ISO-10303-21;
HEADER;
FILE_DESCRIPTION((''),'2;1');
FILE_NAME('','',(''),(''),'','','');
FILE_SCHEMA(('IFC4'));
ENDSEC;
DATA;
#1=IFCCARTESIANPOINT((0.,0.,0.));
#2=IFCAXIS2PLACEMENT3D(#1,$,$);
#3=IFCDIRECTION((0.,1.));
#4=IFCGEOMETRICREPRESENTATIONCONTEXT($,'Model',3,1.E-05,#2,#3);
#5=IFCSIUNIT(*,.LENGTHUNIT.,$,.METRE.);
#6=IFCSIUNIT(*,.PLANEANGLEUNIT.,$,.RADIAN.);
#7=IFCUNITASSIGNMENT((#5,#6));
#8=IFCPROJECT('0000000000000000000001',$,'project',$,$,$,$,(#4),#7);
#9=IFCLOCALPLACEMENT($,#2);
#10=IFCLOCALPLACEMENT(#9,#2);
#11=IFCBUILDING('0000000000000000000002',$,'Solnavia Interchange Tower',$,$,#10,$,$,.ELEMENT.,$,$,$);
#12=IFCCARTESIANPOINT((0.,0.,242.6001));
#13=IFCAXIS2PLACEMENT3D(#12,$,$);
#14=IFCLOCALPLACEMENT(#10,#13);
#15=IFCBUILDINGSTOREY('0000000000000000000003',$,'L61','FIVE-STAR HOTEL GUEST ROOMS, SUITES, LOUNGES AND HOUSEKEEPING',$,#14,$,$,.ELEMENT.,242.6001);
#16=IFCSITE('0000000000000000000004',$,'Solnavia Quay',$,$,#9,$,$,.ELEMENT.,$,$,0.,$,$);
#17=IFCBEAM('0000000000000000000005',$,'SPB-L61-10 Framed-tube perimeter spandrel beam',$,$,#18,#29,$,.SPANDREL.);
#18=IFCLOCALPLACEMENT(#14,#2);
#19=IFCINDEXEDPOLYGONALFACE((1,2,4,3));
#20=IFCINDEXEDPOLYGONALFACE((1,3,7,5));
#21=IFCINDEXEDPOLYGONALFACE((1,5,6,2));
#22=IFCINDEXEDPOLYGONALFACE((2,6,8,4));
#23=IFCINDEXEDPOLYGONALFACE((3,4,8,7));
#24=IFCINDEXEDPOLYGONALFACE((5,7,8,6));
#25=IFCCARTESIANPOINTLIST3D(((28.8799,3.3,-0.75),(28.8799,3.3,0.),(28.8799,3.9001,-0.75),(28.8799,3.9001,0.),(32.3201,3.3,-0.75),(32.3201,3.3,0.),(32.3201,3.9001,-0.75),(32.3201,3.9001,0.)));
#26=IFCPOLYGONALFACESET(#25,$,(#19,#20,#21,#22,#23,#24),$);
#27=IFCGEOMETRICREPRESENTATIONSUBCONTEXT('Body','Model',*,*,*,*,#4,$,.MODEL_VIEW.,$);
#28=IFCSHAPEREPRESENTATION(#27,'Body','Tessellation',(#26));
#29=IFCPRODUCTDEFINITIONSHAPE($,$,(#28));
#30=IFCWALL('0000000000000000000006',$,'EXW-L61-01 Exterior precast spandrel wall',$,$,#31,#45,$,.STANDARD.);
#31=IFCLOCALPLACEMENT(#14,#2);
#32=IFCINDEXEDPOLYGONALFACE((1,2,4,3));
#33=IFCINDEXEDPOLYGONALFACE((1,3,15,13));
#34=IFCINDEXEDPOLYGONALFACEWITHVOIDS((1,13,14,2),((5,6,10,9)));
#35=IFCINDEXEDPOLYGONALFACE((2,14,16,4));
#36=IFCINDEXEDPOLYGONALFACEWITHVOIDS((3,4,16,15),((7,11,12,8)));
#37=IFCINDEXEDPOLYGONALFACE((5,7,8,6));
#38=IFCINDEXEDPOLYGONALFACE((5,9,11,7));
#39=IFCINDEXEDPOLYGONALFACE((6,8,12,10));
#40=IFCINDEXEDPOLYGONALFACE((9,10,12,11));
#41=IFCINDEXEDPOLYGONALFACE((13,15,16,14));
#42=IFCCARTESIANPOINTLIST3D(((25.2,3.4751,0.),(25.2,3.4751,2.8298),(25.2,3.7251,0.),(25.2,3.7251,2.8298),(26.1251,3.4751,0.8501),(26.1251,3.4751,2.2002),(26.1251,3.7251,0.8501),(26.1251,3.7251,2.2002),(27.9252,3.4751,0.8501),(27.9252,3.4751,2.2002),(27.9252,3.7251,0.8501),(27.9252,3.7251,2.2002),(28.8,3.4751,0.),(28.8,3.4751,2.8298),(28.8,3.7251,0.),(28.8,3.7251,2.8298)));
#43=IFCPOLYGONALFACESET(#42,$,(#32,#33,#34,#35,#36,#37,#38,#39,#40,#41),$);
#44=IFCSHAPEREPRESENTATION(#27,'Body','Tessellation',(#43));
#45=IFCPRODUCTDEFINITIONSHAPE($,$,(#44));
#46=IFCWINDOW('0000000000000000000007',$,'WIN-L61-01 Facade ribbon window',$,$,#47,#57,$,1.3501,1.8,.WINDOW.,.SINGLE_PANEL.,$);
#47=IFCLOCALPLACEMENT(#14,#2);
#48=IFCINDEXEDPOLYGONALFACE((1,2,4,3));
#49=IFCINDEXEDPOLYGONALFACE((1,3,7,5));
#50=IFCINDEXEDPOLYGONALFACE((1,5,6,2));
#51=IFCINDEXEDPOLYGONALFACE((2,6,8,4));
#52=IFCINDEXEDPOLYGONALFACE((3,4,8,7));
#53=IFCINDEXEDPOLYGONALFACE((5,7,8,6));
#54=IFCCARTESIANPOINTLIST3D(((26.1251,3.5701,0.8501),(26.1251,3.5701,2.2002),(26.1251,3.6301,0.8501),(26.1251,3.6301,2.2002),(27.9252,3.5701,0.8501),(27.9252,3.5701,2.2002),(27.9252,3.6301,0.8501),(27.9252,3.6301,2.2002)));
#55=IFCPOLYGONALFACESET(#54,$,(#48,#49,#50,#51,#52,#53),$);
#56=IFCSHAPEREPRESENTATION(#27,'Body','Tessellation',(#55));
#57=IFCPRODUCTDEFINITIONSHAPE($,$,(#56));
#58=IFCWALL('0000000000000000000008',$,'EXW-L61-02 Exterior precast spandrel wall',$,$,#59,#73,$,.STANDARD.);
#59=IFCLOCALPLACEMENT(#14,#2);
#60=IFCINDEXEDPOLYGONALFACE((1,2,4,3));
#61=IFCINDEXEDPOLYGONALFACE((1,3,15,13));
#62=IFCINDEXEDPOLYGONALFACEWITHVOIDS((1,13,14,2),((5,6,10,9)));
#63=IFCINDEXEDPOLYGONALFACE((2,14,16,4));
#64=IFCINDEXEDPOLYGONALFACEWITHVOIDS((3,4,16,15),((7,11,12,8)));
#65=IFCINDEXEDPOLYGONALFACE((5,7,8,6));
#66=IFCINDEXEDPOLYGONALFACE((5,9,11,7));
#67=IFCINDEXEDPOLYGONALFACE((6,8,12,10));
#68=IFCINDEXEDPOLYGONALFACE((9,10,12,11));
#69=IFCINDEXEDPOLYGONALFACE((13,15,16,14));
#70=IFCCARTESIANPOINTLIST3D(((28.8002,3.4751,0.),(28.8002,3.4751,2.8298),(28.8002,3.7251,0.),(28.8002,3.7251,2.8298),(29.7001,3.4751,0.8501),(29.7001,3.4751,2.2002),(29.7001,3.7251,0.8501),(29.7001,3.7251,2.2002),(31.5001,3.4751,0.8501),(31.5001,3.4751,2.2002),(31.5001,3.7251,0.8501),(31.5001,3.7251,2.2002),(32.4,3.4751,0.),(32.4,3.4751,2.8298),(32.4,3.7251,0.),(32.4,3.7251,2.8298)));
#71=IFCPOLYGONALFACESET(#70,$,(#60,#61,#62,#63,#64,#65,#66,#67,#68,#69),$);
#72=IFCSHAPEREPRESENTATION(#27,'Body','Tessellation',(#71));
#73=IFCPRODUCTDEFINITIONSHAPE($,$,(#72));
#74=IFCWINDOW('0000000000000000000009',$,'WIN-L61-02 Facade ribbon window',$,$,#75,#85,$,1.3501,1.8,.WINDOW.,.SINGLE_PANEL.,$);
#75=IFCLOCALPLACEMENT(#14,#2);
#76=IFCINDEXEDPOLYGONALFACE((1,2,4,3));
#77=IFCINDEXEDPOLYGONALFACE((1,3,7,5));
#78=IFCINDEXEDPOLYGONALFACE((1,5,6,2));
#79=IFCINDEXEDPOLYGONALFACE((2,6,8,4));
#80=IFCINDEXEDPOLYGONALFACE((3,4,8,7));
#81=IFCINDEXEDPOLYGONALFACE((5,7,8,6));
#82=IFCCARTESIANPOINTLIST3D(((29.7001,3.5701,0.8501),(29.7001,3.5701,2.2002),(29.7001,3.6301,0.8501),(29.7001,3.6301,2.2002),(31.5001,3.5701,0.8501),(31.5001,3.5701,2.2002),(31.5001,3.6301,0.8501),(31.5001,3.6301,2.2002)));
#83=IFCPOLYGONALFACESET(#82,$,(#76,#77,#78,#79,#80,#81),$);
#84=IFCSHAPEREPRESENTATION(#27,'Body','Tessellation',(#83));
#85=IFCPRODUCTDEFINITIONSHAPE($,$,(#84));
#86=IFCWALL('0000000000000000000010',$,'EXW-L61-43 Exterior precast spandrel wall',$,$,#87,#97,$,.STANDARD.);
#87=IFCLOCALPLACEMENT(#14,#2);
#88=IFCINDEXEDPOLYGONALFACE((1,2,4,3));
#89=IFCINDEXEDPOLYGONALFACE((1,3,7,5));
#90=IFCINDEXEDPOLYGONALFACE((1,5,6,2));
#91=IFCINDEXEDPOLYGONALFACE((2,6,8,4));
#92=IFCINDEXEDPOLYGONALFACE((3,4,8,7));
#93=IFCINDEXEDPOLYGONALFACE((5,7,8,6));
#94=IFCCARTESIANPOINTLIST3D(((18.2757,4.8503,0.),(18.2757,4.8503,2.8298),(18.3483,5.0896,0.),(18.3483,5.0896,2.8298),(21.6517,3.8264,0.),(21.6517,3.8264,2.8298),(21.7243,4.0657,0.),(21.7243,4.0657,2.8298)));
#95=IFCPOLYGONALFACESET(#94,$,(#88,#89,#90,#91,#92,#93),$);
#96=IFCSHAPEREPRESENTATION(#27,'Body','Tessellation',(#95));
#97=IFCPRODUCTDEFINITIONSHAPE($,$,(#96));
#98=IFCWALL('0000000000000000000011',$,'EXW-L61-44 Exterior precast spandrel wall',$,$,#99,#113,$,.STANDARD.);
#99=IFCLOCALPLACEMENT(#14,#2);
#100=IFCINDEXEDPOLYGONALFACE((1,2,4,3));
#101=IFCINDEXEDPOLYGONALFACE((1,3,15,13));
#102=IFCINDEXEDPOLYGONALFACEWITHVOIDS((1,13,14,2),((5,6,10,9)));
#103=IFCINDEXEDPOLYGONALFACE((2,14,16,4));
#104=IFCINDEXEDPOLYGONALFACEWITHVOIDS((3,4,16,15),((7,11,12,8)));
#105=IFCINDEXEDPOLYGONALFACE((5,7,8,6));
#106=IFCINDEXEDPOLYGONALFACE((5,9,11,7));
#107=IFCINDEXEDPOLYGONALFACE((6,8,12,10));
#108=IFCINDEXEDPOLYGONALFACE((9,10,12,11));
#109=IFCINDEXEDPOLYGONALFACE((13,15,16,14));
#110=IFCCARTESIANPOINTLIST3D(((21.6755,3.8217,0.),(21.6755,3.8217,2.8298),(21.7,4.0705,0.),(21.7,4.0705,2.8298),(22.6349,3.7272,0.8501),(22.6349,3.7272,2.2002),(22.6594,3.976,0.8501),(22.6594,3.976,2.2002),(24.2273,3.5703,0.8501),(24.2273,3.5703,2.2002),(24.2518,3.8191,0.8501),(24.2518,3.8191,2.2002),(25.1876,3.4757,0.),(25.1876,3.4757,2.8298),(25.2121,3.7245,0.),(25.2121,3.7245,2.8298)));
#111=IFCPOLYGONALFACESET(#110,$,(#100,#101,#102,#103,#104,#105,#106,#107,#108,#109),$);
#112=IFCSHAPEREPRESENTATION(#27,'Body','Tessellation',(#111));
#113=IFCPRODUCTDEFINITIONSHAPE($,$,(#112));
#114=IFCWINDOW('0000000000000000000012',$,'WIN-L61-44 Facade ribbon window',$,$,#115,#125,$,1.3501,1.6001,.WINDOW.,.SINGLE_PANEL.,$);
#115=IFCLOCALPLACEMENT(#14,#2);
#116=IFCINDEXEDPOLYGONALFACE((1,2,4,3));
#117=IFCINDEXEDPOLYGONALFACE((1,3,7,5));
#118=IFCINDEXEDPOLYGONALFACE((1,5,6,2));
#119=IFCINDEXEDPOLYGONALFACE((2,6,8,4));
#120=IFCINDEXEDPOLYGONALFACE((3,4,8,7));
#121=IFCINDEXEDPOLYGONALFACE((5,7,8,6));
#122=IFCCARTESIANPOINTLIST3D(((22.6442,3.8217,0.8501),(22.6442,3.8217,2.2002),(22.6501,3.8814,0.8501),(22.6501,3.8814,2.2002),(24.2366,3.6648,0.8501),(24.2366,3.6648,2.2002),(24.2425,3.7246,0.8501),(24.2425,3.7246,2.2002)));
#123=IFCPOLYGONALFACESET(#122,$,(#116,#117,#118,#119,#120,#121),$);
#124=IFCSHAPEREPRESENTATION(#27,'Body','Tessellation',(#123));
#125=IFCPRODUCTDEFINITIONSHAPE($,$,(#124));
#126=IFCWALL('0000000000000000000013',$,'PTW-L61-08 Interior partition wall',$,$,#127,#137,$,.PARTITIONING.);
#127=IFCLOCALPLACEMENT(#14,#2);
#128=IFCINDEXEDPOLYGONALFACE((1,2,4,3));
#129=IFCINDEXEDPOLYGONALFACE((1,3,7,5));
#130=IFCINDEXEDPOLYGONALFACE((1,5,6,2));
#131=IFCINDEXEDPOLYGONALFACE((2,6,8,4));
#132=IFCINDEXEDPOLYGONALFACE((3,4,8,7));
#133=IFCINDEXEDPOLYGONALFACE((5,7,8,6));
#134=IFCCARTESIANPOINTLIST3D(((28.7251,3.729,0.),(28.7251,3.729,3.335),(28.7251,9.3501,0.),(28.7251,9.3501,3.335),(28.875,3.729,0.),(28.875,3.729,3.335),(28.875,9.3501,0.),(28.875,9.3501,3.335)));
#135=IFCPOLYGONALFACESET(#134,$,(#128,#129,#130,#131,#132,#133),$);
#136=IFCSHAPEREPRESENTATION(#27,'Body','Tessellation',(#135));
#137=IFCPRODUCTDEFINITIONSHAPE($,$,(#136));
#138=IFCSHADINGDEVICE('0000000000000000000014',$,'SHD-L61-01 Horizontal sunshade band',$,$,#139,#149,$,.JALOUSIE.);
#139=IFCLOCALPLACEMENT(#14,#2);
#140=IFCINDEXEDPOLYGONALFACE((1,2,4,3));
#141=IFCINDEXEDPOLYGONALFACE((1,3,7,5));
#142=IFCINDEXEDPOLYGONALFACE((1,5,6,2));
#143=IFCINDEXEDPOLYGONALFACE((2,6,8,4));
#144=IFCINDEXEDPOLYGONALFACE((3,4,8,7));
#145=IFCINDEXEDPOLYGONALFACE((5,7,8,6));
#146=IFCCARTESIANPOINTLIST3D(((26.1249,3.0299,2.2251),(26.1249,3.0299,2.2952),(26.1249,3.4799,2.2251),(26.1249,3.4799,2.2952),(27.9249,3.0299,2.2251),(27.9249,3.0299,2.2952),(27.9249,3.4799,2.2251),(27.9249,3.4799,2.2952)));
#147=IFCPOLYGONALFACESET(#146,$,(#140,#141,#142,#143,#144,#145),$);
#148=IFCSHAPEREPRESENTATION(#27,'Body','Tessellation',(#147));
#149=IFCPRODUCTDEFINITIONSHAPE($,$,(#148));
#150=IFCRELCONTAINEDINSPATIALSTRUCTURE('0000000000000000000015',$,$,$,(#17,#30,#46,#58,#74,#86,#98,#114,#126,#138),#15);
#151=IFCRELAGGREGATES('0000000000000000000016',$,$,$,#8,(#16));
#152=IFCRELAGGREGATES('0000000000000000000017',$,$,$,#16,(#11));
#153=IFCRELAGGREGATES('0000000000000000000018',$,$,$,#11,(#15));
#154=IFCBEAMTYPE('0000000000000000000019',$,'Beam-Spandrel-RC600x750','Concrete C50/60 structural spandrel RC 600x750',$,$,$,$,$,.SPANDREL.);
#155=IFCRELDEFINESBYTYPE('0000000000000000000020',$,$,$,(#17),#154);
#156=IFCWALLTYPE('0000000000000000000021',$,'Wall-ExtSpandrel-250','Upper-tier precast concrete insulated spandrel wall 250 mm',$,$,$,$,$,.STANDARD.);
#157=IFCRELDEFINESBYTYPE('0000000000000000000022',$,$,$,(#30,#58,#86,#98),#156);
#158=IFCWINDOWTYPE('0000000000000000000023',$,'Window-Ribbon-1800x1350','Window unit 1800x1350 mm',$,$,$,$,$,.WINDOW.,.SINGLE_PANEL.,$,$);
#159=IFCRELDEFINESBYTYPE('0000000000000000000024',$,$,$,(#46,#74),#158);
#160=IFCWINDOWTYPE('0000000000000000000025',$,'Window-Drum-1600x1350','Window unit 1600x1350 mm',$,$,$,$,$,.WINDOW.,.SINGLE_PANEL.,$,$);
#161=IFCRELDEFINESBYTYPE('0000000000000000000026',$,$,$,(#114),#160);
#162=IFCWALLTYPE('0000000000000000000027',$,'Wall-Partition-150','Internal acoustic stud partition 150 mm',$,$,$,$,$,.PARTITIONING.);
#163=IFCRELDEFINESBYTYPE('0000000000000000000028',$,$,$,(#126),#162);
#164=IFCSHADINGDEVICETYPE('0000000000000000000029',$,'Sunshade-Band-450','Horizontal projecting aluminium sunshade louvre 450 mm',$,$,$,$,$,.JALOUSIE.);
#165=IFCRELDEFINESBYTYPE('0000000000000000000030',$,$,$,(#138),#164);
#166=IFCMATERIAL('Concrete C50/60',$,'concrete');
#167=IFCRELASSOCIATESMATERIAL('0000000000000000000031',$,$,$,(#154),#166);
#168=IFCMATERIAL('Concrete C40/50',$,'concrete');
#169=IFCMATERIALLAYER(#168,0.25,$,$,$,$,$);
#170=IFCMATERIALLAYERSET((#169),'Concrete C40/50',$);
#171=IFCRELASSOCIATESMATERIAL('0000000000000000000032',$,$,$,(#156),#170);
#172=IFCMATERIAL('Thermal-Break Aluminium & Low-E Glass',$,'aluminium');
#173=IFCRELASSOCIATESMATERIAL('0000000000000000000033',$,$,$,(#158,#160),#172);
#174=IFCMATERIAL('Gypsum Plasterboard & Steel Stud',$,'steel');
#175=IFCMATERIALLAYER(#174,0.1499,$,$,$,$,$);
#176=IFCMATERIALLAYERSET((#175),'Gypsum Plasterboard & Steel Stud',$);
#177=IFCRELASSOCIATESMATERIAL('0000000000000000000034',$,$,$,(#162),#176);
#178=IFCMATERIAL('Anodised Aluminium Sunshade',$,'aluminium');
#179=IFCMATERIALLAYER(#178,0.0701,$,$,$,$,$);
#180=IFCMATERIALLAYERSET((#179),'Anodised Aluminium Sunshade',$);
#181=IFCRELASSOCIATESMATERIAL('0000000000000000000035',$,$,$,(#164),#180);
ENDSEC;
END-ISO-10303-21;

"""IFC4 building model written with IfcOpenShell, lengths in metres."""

from ifc_helpers import new_model, si_unit, direction, frame, frame_2d, origin, origin_2d, place, context, subcontext, project, spatial, rectangle, extrude, material, layer, layer_set, material_profile, profile_set, type_object, element, fill, save


model = new_model("IFC4")

# Units and contexts
model_context = context("Model", 3, precision=1e-05, world=origin(), true_north=direction((0.0, 1.0)))
body_context = subcontext(model_context, "Body", "Model", "MODEL_VIEW")
ifc_project = project(units=[si_unit("LENGTHUNIT", "METRE"), si_unit("PLANEANGLEUNIT", "RADIAN")], contexts=[model_context])

# Site, building, storey
site_placement = place(None, origin())
site = spatial("IfcSite", under=ifc_project, at=site_placement, Name="Solnavia Quay", CompositionType="ELEMENT", RefElevation=0.0)
building_placement = place(site_placement, origin())
building = spatial("IfcBuilding", under=site, at=building_placement, Name="Solnavia Interchange Tower", CompositionType="ELEMENT")
storey_placement = place(building_placement, frame((0.0, 0.0, 242.6001)))
storey = spatial("IfcBuildingStorey", under=building, at=storey_placement, Name="L61", Description="FIVE-STAR HOTEL GUEST ROOMS, SUITES, LOUNGES AND HOUSEKEEPING", CompositionType="ELEMENT", Elevation=242.6001)

# Shared definitions
ifc_material_1 = material(Name="Concrete C50/60", Category="concrete")

# Beam
ifc_material_profile_1 = material_profile(ifc_material_1, rectangle(XDim=0.6001, YDim=0.75, at=origin_2d()), Name="RC 600x750")
ifc_profile_set_1 = profile_set([ifc_material_profile_1], Name="Concrete C50/60")
beam_type_1 = type_object("IfcBeamType", Name="Beam-Spandrel-RC600x750", Description="Concrete C50/60 structural spandrel RC 600x750", PredefinedType="SPANDREL", material=ifc_profile_set_1)
beam_1_placement = place(storey_placement, frame((28.8799, 3.6001, -0.375), z_axis=(1.0, 0.0, 0.0), x_axis=(0.0, 1.0, 0.0)))
element("IfcBeam", 1, at=beam_1_placement, inside=storey, type_object=beam_type_1, Name="SPB-L61-10 Framed-tube perimeter spandrel beam", PredefinedType="SPANDREL", context=body_context, shape_type="SweptSolid", body=[
    extrude(rectangle(XDim=0.6001, YDim=0.75, at=origin_2d()), origin(), (0.0, 0.0, 1.0), 3.4402),
])

# Walls, openings, windows
ifc_material_2 = material(Name="Concrete C40/50", Category="concrete")
ifc_layer_1 = layer(ifc_material_2, 0.25)
ifc_layer_set_1 = layer_set([ifc_layer_1], Name="Concrete C40/50")
wall_type_1 = type_object("IfcWallType", Name="Wall-ExtSpandrel-250", Description="Upper-tier precast concrete insulated spandrel wall 250 mm", PredefinedType="STANDARD", material=ifc_layer_set_1)
wall_1_placement = place(storey_placement, frame((28.8, 3.6001, 0.0), z_axis=(0.0, 0.0, 1.0), x_axis=(-1.0, 0.0, 0.0)))
wall_1 = element("IfcWall", 2, at=wall_1_placement, inside=storey, type_object=wall_type_1, Name="EXW-L61-01 Exterior precast spandrel wall", PredefinedType="STANDARD", context=body_context, shape_type="SweptSolid", body=[
    extrude(rectangle(XDim=3.6001, YDim=0.25, at=frame_2d((1.8, 0.0))), origin(), (0.0, 0.0, 1.0), 2.8298),
])
opening_1_placement = place(wall_1_placement, frame((0.875, 0.0, 0.8501)))
opening_1 = element("IfcOpeningElement", 3, at=opening_1_placement, cuts=wall_1, PredefinedType="OPENING", context=body_context, shape_type="SweptSolid", body=[
    extrude(rectangle(XDim=1.8, YDim=1.3501, at=frame_2d((0.8999, 0.675))), frame((0.0, 0.135, 0.0), z_axis=(0.0, -1.0, 0.0), x_axis=(1.0, 0.0, 0.0)), (0.0, 0.0, 1.0), 0.27),
])
ifc_material_3 = material(Name="Thermal-Break Aluminium & Low-E Glass", Category="aluminium")
window_type_1 = type_object("IfcWindowType", Name="Window-Ribbon-1800x1350", Description="Window unit 1800x1350 mm", PartitioningType="SINGLE_PANEL", PredefinedType="WINDOW", material=ifc_material_3)
window_1_placement = place(opening_1_placement, origin())
window_1 = element("IfcWindow", 4, at=window_1_placement, inside=storey, type_object=window_type_1, Name="WIN-L61-01 Facade ribbon window", OverallHeight=1.3501, OverallWidth=1.8, PartitioningType="SINGLE_PANEL", PredefinedType="WINDOW", context=body_context, shape_type="SweptSolid", body=[
    extrude(rectangle(XDim=1.8, YDim=1.3501, at=frame_2d((0.8999, 0.675))), frame((0.0, 0.03, 0.0), z_axis=(0.0, -1.0, 0.0), x_axis=(1.0, 0.0, 0.0)), (0.0, 0.0, 1.0), 0.0601),
])
fill(opening_1, window_1)
wall_2_placement = place(storey_placement, frame((32.3999, 3.6001, 0.0), z_axis=(0.0, 0.0, 1.0), x_axis=(-1.0, 0.0, 0.0)))
wall_2 = element("IfcWall", 5, at=wall_2_placement, inside=storey, type_object=wall_type_1, Name="EXW-L61-02 Exterior precast spandrel wall", PredefinedType="STANDARD", context=body_context, shape_type="SweptSolid", body=[
    extrude(rectangle(XDim=3.5999, YDim=0.25, at=frame_2d((1.7998, 0.0))), origin(), (0.0, 0.0, 1.0), 2.8298),
])
opening_2_placement = place(wall_2_placement, frame((0.8999, 0.0, 0.8501)))
opening_2 = element("IfcOpeningElement", 6, at=opening_2_placement, cuts=wall_2, PredefinedType="OPENING", context=body_context, shape_type="SweptSolid", body=[
    extrude(rectangle(XDim=1.8, YDim=1.3501, at=frame_2d((0.8999, 0.675))), frame((0.0, 0.135, 0.0), z_axis=(0.0, -1.0, 0.0), x_axis=(1.0, 0.0, 0.0)), (0.0, 0.0, 1.0), 0.27),
])
window_2_placement = place(opening_2_placement, origin())
window_2 = element("IfcWindow", 7, at=window_2_placement, inside=storey, type_object=window_type_1, Name="WIN-L61-02 Facade ribbon window", OverallHeight=1.3501, OverallWidth=1.8, PartitioningType="SINGLE_PANEL", PredefinedType="WINDOW", context=body_context, shape_type="SweptSolid", body=[
    extrude(rectangle(XDim=1.8, YDim=1.3501, at=frame_2d((0.8999, 0.675))), frame((0.0, 0.03, 0.0), z_axis=(0.0, -1.0, 0.0), x_axis=(1.0, 0.0, 0.0)), (0.0, 0.0, 1.0), 0.0601),
])
fill(opening_2, window_2)

# Wall
wall_3_placement = place(storey_placement, frame((21.688, 3.946, 0.0), z_axis=(0.0, 0.0, 1.0), x_axis=(-0.956953, 0.290242, 0.0)))
element("IfcWall", 8, at=wall_3_placement, inside=storey, type_object=wall_type_1, Name="EXW-L61-43 Exterior precast spandrel wall", PredefinedType="STANDARD", context=body_context, shape_type="SweptSolid", body=[
    extrude(rectangle(XDim=3.5278, YDim=0.25, at=frame_2d((1.7639, 0.0))), origin(), (0.0, 0.0, 1.0), 2.8298),
])

# Wall, opening, window
wall_4_placement = place(storey_placement, frame((25.2, 3.6001, 0.0), z_axis=(0.0, 0.0, 1.0), x_axis=(-0.995183, 0.098031, 0.0)))
wall_4 = element("IfcWall", 9, at=wall_4_placement, inside=storey, type_object=wall_type_1, Name="EXW-L61-44 Exterior precast spandrel wall", PredefinedType="STANDARD", context=body_context, shape_type="SweptSolid", body=[
    extrude(rectangle(XDim=3.5291, YDim=0.25, at=frame_2d((1.7646, 0.0))), origin(), (0.0, 0.0, 1.0), 2.8298),
])
opening_3_placement = place(wall_4_placement, frame((0.9651, 0.0, 0.8501)))
opening_3 = element("IfcOpeningElement", 10, at=opening_3_placement, cuts=wall_4, PredefinedType="OPENING", context=body_context, shape_type="SweptSolid", body=[
    extrude(rectangle(XDim=1.6001, YDim=1.3501, at=frame_2d((0.8, 0.675))), frame((0.0, 0.135, 0.0), z_axis=(0.0, -1.0, 0.0), x_axis=(1.0, 0.0, 0.0)), (0.0, 0.0, 1.0), 0.27),
])
window_type_2 = type_object("IfcWindowType", Name="Window-Drum-1600x1350", Description="Window unit 1600x1350 mm", PartitioningType="SINGLE_PANEL", PredefinedType="WINDOW", material=ifc_material_3)
window_3_placement = place(opening_3_placement, origin())
window_3 = element("IfcWindow", 11, at=window_3_placement, inside=storey, type_object=window_type_2, Name="WIN-L61-44 Facade ribbon window", OverallHeight=1.3501, OverallWidth=1.6001, PartitioningType="SINGLE_PANEL", PredefinedType="WINDOW", context=body_context, shape_type="SweptSolid", body=[
    extrude(rectangle(XDim=1.6001, YDim=1.3501, at=frame_2d((0.8, 0.675))), frame((0.0, 0.03, 0.0), z_axis=(0.0, -1.0, 0.0), x_axis=(1.0, 0.0, 0.0)), (0.0, 0.0, 1.0), 0.0601),
])
fill(opening_3, window_3)

# Wall
ifc_material_4 = material(Name="Gypsum Plasterboard & Steel Stud", Category="steel")
ifc_layer_2 = layer(ifc_material_4, 0.1499)
ifc_layer_set_2 = layer_set([ifc_layer_2], Name="Gypsum Plasterboard & Steel Stud")
wall_type_2 = type_object("IfcWallType", Name="Wall-Partition-150", Description="Internal acoustic stud partition 150 mm", PredefinedType="PARTITIONING", material=ifc_layer_set_2)
wall_5_placement = place(storey_placement, frame((28.8, 9.3501, 0.0), z_axis=(0.0, 0.0, 1.0), x_axis=(0.0, -1.0, 0.0)))
element("IfcWall", 12, at=wall_5_placement, inside=storey, type_object=wall_type_2, Name="PTW-L61-08 Interior partition wall", PredefinedType="PARTITIONING", context=body_context, shape_type="SweptSolid", body=[
    extrude(rectangle(XDim=5.6211, YDim=0.1499, at=frame_2d((2.8105, 0.0))), origin(), (0.0, 0.0, 1.0), 3.335),
])

# Shading device
ifc_material_5 = material(Name="Anodised Aluminium Sunshade", Category="aluminium")
ifc_layer_3 = layer(ifc_material_5, 0.0701)
ifc_layer_set_3 = layer_set([ifc_layer_3], Name="Anodised Aluminium Sunshade")
shading_device_type = type_object("IfcShadingDeviceType", Name="Sunshade-Band-450", Description="Horizontal projecting aluminium sunshade louvre 450 mm", PredefinedType="JALOUSIE", material=ifc_layer_set_3)
shading_device_placement = place(storey_placement, frame((27.0249, 3.2549, 2.2251), z_axis=(0.0, 0.0, 1.0), x_axis=(-1.0, 0.0, 0.0)))
element("IfcShadingDevice", 13, at=shading_device_placement, inside=storey, type_object=shading_device_type, Name="SHD-L61-01 Horizontal sunshade band", PredefinedType="JALOUSIE", context=body_context, shape_type="SweptSolid", body=[
    extrude(rectangle(XDim=1.8, YDim=0.45, at=origin_2d()), origin(), (0.0, 0.0, 1.0), 0.0701),
])

save(model, "model.ifc")
